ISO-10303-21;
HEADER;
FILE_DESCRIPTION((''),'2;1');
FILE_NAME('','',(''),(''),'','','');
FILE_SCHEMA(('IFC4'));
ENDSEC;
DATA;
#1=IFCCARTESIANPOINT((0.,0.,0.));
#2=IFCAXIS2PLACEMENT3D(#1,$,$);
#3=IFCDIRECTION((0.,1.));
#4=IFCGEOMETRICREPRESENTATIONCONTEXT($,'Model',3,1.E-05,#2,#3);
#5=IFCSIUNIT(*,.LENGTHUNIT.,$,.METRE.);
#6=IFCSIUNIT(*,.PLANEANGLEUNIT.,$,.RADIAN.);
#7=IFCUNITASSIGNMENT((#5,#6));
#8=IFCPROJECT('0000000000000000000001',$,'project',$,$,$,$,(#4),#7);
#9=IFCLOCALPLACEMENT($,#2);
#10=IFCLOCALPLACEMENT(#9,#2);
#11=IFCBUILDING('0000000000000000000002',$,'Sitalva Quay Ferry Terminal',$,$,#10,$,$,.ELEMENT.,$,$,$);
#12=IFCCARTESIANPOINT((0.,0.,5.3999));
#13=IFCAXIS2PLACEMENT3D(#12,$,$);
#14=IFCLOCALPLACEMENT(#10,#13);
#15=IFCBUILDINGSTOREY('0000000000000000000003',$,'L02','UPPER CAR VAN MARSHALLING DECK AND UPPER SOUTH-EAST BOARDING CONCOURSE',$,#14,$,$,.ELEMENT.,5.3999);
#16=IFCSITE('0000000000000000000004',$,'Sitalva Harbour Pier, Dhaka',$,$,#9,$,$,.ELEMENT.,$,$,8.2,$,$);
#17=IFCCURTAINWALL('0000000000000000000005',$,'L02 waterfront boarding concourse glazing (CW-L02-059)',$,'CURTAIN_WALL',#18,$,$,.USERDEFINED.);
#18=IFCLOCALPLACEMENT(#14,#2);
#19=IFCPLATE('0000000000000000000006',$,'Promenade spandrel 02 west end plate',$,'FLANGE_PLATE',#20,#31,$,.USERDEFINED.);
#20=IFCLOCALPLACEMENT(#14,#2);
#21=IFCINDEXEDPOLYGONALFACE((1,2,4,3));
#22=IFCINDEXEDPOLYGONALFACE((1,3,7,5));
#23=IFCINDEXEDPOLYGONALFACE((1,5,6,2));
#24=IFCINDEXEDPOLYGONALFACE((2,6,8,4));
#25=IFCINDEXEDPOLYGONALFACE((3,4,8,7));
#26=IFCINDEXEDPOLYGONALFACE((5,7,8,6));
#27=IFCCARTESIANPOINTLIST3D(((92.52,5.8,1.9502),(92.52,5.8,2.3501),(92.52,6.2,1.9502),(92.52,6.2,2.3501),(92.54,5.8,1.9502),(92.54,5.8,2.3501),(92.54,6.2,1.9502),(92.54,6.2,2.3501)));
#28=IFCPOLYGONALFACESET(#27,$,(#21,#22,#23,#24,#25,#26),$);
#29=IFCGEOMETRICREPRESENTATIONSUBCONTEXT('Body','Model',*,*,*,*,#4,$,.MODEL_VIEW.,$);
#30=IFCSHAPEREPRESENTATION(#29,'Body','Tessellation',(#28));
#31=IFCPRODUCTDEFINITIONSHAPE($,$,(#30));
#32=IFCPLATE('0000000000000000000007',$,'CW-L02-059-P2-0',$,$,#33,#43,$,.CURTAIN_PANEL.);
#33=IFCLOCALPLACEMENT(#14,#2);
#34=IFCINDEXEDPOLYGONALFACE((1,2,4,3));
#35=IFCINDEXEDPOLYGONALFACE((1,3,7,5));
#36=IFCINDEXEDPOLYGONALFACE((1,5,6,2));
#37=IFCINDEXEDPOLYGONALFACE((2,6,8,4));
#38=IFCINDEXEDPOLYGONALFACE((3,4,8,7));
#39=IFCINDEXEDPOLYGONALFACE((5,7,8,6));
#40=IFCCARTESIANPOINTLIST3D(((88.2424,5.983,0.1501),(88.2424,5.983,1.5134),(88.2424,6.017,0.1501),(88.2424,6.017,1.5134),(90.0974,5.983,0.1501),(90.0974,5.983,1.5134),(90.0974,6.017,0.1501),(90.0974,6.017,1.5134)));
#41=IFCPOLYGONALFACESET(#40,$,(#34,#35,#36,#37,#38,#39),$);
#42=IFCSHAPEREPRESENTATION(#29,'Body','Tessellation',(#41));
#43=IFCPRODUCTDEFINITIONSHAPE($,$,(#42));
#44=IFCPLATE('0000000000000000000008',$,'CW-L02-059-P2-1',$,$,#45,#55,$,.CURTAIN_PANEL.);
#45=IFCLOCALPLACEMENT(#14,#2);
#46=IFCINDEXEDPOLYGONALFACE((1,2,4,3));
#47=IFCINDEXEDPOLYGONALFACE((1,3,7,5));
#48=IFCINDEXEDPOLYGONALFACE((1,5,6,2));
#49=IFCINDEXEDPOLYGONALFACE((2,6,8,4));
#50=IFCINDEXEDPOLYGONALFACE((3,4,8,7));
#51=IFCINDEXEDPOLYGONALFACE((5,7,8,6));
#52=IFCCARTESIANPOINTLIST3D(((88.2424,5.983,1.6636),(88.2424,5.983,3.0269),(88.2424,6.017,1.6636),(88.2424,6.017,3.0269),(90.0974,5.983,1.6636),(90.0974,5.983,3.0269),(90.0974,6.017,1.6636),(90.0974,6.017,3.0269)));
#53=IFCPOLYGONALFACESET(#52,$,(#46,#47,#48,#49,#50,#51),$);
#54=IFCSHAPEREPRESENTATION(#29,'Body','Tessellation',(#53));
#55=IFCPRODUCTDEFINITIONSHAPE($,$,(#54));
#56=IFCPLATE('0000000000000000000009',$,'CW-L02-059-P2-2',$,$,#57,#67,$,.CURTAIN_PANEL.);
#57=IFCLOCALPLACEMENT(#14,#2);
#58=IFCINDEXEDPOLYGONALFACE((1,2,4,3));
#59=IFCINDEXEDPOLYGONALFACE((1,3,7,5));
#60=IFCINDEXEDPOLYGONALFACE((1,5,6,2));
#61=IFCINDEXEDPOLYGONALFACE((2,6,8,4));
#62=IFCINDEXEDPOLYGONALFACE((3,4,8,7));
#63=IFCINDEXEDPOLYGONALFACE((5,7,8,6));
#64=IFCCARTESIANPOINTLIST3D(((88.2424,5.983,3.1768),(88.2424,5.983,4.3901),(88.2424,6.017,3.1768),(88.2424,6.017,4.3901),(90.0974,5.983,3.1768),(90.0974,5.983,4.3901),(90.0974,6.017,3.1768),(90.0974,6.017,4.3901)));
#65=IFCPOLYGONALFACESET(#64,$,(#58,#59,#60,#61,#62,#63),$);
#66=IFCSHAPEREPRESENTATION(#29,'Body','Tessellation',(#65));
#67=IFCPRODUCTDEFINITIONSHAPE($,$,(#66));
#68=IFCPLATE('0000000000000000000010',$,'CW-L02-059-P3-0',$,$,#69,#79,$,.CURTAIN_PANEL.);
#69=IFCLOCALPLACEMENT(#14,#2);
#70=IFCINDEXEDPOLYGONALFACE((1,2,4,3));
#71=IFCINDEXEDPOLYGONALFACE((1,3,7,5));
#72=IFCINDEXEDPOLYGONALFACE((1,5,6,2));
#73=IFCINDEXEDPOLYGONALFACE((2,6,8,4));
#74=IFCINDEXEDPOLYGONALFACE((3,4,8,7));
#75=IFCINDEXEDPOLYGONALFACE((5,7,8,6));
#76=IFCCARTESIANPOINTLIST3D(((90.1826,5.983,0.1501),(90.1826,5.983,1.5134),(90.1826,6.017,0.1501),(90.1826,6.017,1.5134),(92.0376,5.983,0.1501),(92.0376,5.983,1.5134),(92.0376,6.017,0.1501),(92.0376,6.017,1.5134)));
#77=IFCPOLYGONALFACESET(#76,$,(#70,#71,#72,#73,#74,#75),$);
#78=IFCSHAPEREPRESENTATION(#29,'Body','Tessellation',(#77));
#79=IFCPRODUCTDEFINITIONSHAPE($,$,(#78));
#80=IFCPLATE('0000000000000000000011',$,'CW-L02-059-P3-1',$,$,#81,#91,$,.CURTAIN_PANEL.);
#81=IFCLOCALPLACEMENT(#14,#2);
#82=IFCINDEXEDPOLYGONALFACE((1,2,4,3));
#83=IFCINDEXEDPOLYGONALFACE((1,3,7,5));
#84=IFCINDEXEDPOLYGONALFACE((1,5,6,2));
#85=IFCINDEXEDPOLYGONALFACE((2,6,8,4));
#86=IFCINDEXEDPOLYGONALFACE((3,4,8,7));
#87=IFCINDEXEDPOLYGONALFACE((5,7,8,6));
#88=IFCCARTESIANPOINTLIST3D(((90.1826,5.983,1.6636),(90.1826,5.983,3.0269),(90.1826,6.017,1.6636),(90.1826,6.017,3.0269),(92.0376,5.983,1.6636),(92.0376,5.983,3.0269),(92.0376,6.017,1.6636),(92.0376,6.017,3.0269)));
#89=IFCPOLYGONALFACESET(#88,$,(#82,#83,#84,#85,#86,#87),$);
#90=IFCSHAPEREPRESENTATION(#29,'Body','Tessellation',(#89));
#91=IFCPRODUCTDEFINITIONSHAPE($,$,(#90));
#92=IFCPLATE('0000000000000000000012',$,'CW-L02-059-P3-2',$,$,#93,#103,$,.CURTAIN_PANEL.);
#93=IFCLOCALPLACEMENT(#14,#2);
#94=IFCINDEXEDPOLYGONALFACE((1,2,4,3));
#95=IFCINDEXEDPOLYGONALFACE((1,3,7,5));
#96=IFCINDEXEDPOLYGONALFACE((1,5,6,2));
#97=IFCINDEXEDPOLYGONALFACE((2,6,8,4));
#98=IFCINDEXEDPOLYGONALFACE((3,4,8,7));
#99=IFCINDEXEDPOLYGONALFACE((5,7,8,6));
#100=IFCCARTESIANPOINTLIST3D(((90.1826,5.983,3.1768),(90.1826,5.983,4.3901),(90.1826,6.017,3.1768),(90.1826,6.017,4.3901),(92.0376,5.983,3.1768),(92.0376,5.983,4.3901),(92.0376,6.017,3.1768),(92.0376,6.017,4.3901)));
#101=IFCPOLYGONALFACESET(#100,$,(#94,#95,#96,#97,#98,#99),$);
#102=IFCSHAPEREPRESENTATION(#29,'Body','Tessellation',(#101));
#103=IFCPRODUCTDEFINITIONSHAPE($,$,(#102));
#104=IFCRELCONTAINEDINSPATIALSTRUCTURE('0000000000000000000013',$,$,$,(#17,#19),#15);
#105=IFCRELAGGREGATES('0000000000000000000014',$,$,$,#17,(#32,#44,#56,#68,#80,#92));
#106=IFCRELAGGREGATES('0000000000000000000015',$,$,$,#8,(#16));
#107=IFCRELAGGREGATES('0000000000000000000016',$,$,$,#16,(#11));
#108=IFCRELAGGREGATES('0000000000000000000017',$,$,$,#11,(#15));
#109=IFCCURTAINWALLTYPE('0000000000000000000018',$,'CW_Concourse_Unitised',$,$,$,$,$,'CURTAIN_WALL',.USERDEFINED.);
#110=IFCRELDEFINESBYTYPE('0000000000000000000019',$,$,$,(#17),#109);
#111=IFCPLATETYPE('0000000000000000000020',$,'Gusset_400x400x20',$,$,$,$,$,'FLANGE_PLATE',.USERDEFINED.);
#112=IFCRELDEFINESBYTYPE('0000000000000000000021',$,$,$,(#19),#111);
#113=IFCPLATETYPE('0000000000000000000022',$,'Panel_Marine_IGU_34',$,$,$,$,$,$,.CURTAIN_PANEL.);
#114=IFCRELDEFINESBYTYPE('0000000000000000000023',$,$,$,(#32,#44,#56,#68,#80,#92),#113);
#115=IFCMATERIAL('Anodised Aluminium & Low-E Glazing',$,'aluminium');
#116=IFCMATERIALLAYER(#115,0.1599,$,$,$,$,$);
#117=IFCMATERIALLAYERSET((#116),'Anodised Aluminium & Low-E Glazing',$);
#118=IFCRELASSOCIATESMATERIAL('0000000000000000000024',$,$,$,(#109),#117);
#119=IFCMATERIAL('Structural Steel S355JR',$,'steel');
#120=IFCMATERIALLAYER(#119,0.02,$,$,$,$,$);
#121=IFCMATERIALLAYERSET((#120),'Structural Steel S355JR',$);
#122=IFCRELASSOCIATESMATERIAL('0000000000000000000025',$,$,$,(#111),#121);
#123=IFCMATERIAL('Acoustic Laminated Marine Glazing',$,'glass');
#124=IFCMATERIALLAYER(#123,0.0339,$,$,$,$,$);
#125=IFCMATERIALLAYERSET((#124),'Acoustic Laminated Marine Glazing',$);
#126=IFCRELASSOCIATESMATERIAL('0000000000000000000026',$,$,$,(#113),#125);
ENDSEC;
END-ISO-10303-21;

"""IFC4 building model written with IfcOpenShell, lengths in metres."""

from ifc_helpers import new_model, si_unit, direction, frame, origin, origin_2d, place, context, subcontext, project, spatial, rectangle, extrude, material, layer, layer_set, type_object, element, aggregate, save


model = new_model("IFC4")

# Units and contexts
model_context = context("Model", 3, precision=1e-05, world=origin(), true_north=direction((0.0, 1.0)))
body_context = subcontext(model_context, "Body", "Model", "MODEL_VIEW")
ifc_project = project(units=[si_unit("LENGTHUNIT", "METRE"), si_unit("PLANEANGLEUNIT", "RADIAN")], contexts=[model_context])

# Site, building, storey
site_placement = place(None, origin())
site = spatial("IfcSite", under=ifc_project, at=site_placement, Name="Sitalva Harbour Pier, Dhaka", CompositionType="ELEMENT", RefElevation=8.2)
building_placement = place(site_placement, origin())
building = spatial("IfcBuilding", under=site, at=building_placement, Name="Sitalva Quay Ferry Terminal", CompositionType="ELEMENT")
storey_placement = place(building_placement, frame((0.0, 0.0, 5.3999)))
storey = spatial("IfcBuildingStorey", under=building, at=storey_placement, Name="L02", Description="UPPER CAR VAN MARSHALLING DECK AND UPPER SOUTH-EAST BOARDING CONCOURSE", CompositionType="ELEMENT", Elevation=5.3999)

# Curtain wall
ifc_material_1 = material(Name="Anodised Aluminium & Low-E Glazing", Category="aluminium")
ifc_layer_1 = layer(ifc_material_1, 0.1599)
ifc_layer_set_1 = layer_set([ifc_layer_1], Name="Anodised Aluminium & Low-E Glazing")
curtain_wall_type = type_object("IfcCurtainWallType", Name="CW_Concourse_Unitised", ElementType="CURTAIN_WALL", PredefinedType="USERDEFINED", material=ifc_layer_set_1)
curtain_wall_1_placement = place(storey_placement, origin())
curtain_wall_1 = element("IfcCurtainWall", 1, at=curtain_wall_1_placement, inside=storey, type_object=curtain_wall_type, Name="L02 waterfront boarding concourse glazing (CW-L02-059)", ObjectType="CURTAIN_WALL", PredefinedType="USERDEFINED")

# Plate
ifc_material_2 = material(Name="Structural Steel S355JR", Category="steel")
ifc_layer_2 = layer(ifc_material_2, 0.02)
ifc_layer_set_2 = layer_set([ifc_layer_2], Name="Structural Steel S355JR")
plate_type_1 = type_object("IfcPlateType", Name="Gusset_400x400x20", ElementType="FLANGE_PLATE", PredefinedType="USERDEFINED", material=ifc_layer_set_2)
for number, where, z_axis, x_axis, name in (
    (2, (92.53, 6.0, 1.9502), (0.0, 0.0, 1.0), (1.0, 0.0, 0.0), "Promenade spandrel 02 west end plate"),
):
    element("IfcPlate", number, at=place(storey_placement, frame(where, z_axis=z_axis, x_axis=x_axis)), inside=storey, type_object=plate_type_1, Name=name, ObjectType="FLANGE_PLATE", PredefinedType="USERDEFINED", context=body_context, shape_type="SweptSolid", body=[
        extrude(rectangle(XDim=0.02, YDim=0.3999, at=origin_2d()), origin(), (0.0, 0.0, 1.0), 0.3999),
    ])

# Plates
ifc_material_3 = material(Name="Acoustic Laminated Marine Glazing", Category="glass")
ifc_layer_3 = layer(ifc_material_3, 0.0339)
ifc_layer_set_3 = layer_set([ifc_layer_3], Name="Acoustic Laminated Marine Glazing")
plate_type_2 = type_object("IfcPlateType", Name="Panel_Marine_IGU_34", PredefinedType="CURTAIN_PANEL", material=ifc_layer_set_3)
plate_1_placement = place(storey_placement, frame((89.1699, 6.0, 0.1501), z_axis=(0.0, 0.0, 1.0), x_axis=(1.0, 0.0, 0.0)))
plate_1 = element("IfcPlate", 3, at=plate_1_placement, type_object=plate_type_2, Name="CW-L02-059-P2-0", PredefinedType="CURTAIN_PANEL", context=body_context, shape_type="SweptSolid", body=[
    extrude(rectangle(XDim=1.855, YDim=0.0339, at=origin_2d()), origin(), (0.0, 0.0, 1.0), 1.3633),
])
plate_2_placement = place(storey_placement, frame((89.1699, 6.0, 1.6636), z_axis=(0.0, 0.0, 1.0), x_axis=(1.0, 0.0, 0.0)))
plate_2 = element("IfcPlate", 4, at=plate_2_placement, type_object=plate_type_2, Name="CW-L02-059-P2-1", PredefinedType="CURTAIN_PANEL", context=body_context, shape_type="SweptSolid", body=[
    extrude(rectangle(XDim=1.855, YDim=0.0339, at=origin_2d()), origin(), (0.0, 0.0, 1.0), 1.3633),
])
plate_3_placement = place(storey_placement, frame((89.1699, 6.0, 3.1768), z_axis=(0.0, 0.0, 1.0), x_axis=(1.0, 0.0, 0.0)))
plate_3 = element("IfcPlate", 5, at=plate_3_placement, type_object=plate_type_2, Name="CW-L02-059-P2-2", PredefinedType="CURTAIN_PANEL", context=body_context, shape_type="SweptSolid", body=[
    extrude(rectangle(XDim=1.855, YDim=0.0339, at=origin_2d()), origin(), (0.0, 0.0, 1.0), 1.2134),
])
plate_4_placement = place(storey_placement, frame((91.1101, 6.0, 0.1501), z_axis=(0.0, 0.0, 1.0), x_axis=(1.0, 0.0, 0.0)))
plate_4 = element("IfcPlate", 6, at=plate_4_placement, type_object=plate_type_2, Name="CW-L02-059-P3-0", PredefinedType="CURTAIN_PANEL", context=body_context, shape_type="SweptSolid", body=[
    extrude(rectangle(XDim=1.855, YDim=0.0339, at=origin_2d()), origin(), (0.0, 0.0, 1.0), 1.3633),
])
plate_5_placement = place(storey_placement, frame((91.1101, 6.0, 1.6636), z_axis=(0.0, 0.0, 1.0), x_axis=(1.0, 0.0, 0.0)))
plate_5 = element("IfcPlate", 7, at=plate_5_placement, type_object=plate_type_2, Name="CW-L02-059-P3-1", PredefinedType="CURTAIN_PANEL", context=body_context, shape_type="SweptSolid", body=[
    extrude(rectangle(XDim=1.855, YDim=0.0339, at=origin_2d()), origin(), (0.0, 0.0, 1.0), 1.3633),
])
plate_6_placement = place(storey_placement, frame((91.1101, 6.0, 3.1768), z_axis=(0.0, 0.0, 1.0), x_axis=(1.0, 0.0, 0.0)))
plate_6 = element("IfcPlate", 8, at=plate_6_placement, type_object=plate_type_2, Name="CW-L02-059-P3-2", PredefinedType="CURTAIN_PANEL", context=body_context, shape_type="SweptSolid", body=[
    extrude(rectangle(XDim=1.855, YDim=0.0339, at=origin_2d()), origin(), (0.0, 0.0, 1.0), 1.2134),
])
aggregate(curtain_wall_1, [plate_1, plate_2, plate_3, plate_4, plate_5, plate_6])

save(model, "model.ifc")
